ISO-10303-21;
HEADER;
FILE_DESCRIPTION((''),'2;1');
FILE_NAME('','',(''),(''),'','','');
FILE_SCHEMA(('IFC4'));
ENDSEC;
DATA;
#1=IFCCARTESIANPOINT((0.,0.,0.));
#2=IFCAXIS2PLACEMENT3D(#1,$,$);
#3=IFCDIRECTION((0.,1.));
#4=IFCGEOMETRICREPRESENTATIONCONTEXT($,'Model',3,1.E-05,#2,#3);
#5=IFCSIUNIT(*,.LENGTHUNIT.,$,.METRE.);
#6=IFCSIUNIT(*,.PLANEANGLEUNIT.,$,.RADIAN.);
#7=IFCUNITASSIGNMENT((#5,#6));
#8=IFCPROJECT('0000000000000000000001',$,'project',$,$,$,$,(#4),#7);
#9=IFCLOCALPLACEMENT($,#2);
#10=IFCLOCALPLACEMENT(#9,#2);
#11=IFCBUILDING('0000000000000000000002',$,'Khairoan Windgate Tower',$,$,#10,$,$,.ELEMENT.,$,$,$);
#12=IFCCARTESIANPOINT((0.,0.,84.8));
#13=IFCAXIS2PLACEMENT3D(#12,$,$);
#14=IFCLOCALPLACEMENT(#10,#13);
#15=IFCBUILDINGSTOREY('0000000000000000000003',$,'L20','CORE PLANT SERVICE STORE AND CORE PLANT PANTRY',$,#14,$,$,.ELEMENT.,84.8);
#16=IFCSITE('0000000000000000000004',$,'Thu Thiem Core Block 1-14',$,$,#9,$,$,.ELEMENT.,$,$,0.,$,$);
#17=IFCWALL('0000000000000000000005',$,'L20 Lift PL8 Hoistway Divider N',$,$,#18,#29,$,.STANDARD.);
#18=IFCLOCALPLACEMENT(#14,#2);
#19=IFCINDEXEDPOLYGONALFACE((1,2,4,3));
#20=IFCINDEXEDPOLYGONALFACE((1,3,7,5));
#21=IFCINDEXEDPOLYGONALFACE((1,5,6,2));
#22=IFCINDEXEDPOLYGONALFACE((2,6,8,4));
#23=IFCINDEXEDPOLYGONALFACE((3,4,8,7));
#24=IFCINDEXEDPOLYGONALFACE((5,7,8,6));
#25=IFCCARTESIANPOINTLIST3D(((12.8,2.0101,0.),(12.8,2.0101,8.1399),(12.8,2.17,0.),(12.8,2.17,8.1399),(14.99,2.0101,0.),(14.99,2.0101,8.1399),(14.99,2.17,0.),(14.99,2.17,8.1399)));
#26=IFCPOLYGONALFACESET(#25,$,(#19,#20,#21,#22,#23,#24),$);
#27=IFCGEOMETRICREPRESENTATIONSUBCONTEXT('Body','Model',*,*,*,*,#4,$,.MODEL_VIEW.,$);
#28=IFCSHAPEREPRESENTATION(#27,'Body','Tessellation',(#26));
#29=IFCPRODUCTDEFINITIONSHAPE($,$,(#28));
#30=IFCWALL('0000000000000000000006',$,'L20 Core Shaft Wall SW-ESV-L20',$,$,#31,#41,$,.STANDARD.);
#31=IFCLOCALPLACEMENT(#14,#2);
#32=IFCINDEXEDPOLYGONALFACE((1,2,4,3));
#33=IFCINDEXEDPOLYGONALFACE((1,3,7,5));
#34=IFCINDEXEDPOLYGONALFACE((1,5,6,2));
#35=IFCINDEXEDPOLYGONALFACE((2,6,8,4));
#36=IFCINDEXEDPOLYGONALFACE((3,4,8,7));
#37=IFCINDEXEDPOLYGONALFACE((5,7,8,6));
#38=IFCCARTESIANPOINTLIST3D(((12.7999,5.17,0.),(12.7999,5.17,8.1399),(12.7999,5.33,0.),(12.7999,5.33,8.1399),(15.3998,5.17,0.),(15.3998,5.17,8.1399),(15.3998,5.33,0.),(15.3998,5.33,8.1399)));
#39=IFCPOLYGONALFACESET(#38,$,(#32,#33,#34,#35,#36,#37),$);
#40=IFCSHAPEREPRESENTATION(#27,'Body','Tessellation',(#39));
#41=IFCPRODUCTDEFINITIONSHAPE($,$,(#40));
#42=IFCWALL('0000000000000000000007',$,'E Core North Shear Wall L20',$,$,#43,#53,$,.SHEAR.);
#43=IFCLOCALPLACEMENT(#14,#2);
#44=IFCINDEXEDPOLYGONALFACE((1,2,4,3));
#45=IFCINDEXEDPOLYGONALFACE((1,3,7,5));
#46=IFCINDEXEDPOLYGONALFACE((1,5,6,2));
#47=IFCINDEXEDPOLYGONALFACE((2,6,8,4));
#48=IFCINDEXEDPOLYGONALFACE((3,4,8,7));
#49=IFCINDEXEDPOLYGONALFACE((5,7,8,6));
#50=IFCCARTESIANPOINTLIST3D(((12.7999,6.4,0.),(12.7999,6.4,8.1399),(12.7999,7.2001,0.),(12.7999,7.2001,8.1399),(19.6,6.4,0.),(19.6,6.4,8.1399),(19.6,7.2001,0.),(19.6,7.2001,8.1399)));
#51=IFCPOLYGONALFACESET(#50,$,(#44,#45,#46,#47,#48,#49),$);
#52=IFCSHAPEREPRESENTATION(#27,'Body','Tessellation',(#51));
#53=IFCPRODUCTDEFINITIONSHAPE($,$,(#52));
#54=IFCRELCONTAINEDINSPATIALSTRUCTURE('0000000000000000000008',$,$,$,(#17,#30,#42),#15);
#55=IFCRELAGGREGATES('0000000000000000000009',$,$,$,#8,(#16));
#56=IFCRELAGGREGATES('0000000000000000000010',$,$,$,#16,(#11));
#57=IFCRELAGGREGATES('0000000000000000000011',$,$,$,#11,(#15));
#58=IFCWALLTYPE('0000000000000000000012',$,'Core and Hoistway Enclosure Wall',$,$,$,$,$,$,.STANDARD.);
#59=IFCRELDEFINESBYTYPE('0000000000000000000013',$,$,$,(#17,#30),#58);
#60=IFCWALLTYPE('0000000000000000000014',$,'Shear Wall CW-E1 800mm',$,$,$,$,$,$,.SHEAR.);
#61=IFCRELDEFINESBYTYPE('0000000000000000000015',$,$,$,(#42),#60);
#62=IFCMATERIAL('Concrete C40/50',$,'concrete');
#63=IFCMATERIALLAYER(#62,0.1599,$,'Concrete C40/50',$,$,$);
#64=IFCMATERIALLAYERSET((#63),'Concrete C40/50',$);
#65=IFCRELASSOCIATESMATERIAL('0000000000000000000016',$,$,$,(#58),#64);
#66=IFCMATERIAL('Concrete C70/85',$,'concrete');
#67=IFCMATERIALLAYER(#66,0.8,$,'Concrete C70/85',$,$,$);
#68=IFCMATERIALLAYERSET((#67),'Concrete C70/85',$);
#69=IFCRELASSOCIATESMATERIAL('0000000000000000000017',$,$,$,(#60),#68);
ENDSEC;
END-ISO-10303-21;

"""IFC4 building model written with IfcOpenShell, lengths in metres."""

from ifc_helpers import new_model, si_unit, direction, frame, frame_2d, origin, place, context, subcontext, project, spatial, rectangle, extrude, material, layer, layer_set, type_object, element, save


model = new_model("IFC4")

# Units and contexts
model_context = context("Model", 3, precision=1e-05, world=origin(), true_north=direction((0.0, 1.0)))
body_context = subcontext(model_context, "Body", "Model", "MODEL_VIEW")
ifc_project = project(units=[si_unit("LENGTHUNIT", "METRE"), si_unit("PLANEANGLEUNIT", "RADIAN")], contexts=[model_context])

# Site, building, storey
site_placement = place(None, origin())
site = spatial("IfcSite", under=ifc_project, at=site_placement, Name="Thu Thiem Core Block 1-14", CompositionType="ELEMENT", RefElevation=0.0)
building_placement = place(site_placement, origin())
building = spatial("IfcBuilding", under=site, at=building_placement, Name="Khairoan Windgate Tower", CompositionType="ELEMENT")
storey_placement = place(building_placement, frame((0.0, 0.0, 84.8)))
storey = spatial("IfcBuildingStorey", under=building, at=storey_placement, Name="L20", Description="CORE PLANT SERVICE STORE AND CORE PLANT PANTRY", CompositionType="ELEMENT", Elevation=84.8)

# Walls
ifc_material_1 = material(Name="Concrete C40/50", Category="concrete")
ifc_layer_1 = layer(ifc_material_1, 0.1599, Name="Concrete C40/50")
ifc_layer_set_1 = layer_set([ifc_layer_1], Name="Concrete C40/50")
wall_type_1 = type_object("IfcWallType", Name="Core and Hoistway Enclosure Wall", PredefinedType="STANDARD", material=ifc_layer_set_1)
for number, where, z_axis, x_axis, name in (
    (1, (12.8, 2.0901, 0.0), (0.0, 0.0, 1.0), (1.0, 0.0, 0.0), "L20 Lift PL8 Hoistway Divider N"),
):
    element("IfcWall", number, at=place(storey_placement, frame(where, z_axis=z_axis, x_axis=x_axis)), inside=storey, type_object=wall_type_1, Name=name, PredefinedType="STANDARD", context=body_context, shape_type="SweptSolid", body=[
        extrude(rectangle(XDim=2.1899, YDim=0.1599, at=frame_2d((1.095, 0.0))), origin(), (0.0, 0.0, 1.0), 8.1399),
    ])
wall_1_placement = place(storey_placement, frame((12.8, 5.25, 0.0), z_axis=(0.0, 0.0, 1.0), x_axis=(1.0, 0.0, 0.0)))
element("IfcWall", 2, at=wall_1_placement, inside=storey, type_object=wall_type_1, Name="L20 Core Shaft Wall SW-ESV-L20", PredefinedType="STANDARD", context=body_context, shape_type="SweptSolid", body=[
    extrude(rectangle(XDim=2.5999, YDim=0.1599, at=frame_2d((1.2998, 0.0))), origin(), (0.0, 0.0, 1.0), 8.1399),
])
ifc_material_2 = material(Name="Concrete C70/85", Category="concrete")
ifc_layer_2 = layer(ifc_material_2, 0.8, Name="Concrete C70/85")
ifc_layer_set_2 = layer_set([ifc_layer_2], Name="Concrete C70/85")
wall_type_2 = type_object("IfcWallType", Name="Shear Wall CW-E1 800mm", PredefinedType="SHEAR", material=ifc_layer_set_2)
wall_2_placement = place(storey_placement, frame((12.8, 6.8, 0.0), z_axis=(0.0, 0.0, 1.0), x_axis=(1.0, 0.0, 0.0)))
element("IfcWall", 3, at=wall_2_placement, inside=storey, type_object=wall_type_2, Name="E Core North Shear Wall L20", PredefinedType="SHEAR", context=body_context, shape_type="SweptSolid", body=[
    extrude(rectangle(XDim=6.8, YDim=0.8, at=frame_2d((3.3999, 0.0))), origin(), (0.0, 0.0, 1.0), 8.1399),
])

save(model, "model.ifc")
